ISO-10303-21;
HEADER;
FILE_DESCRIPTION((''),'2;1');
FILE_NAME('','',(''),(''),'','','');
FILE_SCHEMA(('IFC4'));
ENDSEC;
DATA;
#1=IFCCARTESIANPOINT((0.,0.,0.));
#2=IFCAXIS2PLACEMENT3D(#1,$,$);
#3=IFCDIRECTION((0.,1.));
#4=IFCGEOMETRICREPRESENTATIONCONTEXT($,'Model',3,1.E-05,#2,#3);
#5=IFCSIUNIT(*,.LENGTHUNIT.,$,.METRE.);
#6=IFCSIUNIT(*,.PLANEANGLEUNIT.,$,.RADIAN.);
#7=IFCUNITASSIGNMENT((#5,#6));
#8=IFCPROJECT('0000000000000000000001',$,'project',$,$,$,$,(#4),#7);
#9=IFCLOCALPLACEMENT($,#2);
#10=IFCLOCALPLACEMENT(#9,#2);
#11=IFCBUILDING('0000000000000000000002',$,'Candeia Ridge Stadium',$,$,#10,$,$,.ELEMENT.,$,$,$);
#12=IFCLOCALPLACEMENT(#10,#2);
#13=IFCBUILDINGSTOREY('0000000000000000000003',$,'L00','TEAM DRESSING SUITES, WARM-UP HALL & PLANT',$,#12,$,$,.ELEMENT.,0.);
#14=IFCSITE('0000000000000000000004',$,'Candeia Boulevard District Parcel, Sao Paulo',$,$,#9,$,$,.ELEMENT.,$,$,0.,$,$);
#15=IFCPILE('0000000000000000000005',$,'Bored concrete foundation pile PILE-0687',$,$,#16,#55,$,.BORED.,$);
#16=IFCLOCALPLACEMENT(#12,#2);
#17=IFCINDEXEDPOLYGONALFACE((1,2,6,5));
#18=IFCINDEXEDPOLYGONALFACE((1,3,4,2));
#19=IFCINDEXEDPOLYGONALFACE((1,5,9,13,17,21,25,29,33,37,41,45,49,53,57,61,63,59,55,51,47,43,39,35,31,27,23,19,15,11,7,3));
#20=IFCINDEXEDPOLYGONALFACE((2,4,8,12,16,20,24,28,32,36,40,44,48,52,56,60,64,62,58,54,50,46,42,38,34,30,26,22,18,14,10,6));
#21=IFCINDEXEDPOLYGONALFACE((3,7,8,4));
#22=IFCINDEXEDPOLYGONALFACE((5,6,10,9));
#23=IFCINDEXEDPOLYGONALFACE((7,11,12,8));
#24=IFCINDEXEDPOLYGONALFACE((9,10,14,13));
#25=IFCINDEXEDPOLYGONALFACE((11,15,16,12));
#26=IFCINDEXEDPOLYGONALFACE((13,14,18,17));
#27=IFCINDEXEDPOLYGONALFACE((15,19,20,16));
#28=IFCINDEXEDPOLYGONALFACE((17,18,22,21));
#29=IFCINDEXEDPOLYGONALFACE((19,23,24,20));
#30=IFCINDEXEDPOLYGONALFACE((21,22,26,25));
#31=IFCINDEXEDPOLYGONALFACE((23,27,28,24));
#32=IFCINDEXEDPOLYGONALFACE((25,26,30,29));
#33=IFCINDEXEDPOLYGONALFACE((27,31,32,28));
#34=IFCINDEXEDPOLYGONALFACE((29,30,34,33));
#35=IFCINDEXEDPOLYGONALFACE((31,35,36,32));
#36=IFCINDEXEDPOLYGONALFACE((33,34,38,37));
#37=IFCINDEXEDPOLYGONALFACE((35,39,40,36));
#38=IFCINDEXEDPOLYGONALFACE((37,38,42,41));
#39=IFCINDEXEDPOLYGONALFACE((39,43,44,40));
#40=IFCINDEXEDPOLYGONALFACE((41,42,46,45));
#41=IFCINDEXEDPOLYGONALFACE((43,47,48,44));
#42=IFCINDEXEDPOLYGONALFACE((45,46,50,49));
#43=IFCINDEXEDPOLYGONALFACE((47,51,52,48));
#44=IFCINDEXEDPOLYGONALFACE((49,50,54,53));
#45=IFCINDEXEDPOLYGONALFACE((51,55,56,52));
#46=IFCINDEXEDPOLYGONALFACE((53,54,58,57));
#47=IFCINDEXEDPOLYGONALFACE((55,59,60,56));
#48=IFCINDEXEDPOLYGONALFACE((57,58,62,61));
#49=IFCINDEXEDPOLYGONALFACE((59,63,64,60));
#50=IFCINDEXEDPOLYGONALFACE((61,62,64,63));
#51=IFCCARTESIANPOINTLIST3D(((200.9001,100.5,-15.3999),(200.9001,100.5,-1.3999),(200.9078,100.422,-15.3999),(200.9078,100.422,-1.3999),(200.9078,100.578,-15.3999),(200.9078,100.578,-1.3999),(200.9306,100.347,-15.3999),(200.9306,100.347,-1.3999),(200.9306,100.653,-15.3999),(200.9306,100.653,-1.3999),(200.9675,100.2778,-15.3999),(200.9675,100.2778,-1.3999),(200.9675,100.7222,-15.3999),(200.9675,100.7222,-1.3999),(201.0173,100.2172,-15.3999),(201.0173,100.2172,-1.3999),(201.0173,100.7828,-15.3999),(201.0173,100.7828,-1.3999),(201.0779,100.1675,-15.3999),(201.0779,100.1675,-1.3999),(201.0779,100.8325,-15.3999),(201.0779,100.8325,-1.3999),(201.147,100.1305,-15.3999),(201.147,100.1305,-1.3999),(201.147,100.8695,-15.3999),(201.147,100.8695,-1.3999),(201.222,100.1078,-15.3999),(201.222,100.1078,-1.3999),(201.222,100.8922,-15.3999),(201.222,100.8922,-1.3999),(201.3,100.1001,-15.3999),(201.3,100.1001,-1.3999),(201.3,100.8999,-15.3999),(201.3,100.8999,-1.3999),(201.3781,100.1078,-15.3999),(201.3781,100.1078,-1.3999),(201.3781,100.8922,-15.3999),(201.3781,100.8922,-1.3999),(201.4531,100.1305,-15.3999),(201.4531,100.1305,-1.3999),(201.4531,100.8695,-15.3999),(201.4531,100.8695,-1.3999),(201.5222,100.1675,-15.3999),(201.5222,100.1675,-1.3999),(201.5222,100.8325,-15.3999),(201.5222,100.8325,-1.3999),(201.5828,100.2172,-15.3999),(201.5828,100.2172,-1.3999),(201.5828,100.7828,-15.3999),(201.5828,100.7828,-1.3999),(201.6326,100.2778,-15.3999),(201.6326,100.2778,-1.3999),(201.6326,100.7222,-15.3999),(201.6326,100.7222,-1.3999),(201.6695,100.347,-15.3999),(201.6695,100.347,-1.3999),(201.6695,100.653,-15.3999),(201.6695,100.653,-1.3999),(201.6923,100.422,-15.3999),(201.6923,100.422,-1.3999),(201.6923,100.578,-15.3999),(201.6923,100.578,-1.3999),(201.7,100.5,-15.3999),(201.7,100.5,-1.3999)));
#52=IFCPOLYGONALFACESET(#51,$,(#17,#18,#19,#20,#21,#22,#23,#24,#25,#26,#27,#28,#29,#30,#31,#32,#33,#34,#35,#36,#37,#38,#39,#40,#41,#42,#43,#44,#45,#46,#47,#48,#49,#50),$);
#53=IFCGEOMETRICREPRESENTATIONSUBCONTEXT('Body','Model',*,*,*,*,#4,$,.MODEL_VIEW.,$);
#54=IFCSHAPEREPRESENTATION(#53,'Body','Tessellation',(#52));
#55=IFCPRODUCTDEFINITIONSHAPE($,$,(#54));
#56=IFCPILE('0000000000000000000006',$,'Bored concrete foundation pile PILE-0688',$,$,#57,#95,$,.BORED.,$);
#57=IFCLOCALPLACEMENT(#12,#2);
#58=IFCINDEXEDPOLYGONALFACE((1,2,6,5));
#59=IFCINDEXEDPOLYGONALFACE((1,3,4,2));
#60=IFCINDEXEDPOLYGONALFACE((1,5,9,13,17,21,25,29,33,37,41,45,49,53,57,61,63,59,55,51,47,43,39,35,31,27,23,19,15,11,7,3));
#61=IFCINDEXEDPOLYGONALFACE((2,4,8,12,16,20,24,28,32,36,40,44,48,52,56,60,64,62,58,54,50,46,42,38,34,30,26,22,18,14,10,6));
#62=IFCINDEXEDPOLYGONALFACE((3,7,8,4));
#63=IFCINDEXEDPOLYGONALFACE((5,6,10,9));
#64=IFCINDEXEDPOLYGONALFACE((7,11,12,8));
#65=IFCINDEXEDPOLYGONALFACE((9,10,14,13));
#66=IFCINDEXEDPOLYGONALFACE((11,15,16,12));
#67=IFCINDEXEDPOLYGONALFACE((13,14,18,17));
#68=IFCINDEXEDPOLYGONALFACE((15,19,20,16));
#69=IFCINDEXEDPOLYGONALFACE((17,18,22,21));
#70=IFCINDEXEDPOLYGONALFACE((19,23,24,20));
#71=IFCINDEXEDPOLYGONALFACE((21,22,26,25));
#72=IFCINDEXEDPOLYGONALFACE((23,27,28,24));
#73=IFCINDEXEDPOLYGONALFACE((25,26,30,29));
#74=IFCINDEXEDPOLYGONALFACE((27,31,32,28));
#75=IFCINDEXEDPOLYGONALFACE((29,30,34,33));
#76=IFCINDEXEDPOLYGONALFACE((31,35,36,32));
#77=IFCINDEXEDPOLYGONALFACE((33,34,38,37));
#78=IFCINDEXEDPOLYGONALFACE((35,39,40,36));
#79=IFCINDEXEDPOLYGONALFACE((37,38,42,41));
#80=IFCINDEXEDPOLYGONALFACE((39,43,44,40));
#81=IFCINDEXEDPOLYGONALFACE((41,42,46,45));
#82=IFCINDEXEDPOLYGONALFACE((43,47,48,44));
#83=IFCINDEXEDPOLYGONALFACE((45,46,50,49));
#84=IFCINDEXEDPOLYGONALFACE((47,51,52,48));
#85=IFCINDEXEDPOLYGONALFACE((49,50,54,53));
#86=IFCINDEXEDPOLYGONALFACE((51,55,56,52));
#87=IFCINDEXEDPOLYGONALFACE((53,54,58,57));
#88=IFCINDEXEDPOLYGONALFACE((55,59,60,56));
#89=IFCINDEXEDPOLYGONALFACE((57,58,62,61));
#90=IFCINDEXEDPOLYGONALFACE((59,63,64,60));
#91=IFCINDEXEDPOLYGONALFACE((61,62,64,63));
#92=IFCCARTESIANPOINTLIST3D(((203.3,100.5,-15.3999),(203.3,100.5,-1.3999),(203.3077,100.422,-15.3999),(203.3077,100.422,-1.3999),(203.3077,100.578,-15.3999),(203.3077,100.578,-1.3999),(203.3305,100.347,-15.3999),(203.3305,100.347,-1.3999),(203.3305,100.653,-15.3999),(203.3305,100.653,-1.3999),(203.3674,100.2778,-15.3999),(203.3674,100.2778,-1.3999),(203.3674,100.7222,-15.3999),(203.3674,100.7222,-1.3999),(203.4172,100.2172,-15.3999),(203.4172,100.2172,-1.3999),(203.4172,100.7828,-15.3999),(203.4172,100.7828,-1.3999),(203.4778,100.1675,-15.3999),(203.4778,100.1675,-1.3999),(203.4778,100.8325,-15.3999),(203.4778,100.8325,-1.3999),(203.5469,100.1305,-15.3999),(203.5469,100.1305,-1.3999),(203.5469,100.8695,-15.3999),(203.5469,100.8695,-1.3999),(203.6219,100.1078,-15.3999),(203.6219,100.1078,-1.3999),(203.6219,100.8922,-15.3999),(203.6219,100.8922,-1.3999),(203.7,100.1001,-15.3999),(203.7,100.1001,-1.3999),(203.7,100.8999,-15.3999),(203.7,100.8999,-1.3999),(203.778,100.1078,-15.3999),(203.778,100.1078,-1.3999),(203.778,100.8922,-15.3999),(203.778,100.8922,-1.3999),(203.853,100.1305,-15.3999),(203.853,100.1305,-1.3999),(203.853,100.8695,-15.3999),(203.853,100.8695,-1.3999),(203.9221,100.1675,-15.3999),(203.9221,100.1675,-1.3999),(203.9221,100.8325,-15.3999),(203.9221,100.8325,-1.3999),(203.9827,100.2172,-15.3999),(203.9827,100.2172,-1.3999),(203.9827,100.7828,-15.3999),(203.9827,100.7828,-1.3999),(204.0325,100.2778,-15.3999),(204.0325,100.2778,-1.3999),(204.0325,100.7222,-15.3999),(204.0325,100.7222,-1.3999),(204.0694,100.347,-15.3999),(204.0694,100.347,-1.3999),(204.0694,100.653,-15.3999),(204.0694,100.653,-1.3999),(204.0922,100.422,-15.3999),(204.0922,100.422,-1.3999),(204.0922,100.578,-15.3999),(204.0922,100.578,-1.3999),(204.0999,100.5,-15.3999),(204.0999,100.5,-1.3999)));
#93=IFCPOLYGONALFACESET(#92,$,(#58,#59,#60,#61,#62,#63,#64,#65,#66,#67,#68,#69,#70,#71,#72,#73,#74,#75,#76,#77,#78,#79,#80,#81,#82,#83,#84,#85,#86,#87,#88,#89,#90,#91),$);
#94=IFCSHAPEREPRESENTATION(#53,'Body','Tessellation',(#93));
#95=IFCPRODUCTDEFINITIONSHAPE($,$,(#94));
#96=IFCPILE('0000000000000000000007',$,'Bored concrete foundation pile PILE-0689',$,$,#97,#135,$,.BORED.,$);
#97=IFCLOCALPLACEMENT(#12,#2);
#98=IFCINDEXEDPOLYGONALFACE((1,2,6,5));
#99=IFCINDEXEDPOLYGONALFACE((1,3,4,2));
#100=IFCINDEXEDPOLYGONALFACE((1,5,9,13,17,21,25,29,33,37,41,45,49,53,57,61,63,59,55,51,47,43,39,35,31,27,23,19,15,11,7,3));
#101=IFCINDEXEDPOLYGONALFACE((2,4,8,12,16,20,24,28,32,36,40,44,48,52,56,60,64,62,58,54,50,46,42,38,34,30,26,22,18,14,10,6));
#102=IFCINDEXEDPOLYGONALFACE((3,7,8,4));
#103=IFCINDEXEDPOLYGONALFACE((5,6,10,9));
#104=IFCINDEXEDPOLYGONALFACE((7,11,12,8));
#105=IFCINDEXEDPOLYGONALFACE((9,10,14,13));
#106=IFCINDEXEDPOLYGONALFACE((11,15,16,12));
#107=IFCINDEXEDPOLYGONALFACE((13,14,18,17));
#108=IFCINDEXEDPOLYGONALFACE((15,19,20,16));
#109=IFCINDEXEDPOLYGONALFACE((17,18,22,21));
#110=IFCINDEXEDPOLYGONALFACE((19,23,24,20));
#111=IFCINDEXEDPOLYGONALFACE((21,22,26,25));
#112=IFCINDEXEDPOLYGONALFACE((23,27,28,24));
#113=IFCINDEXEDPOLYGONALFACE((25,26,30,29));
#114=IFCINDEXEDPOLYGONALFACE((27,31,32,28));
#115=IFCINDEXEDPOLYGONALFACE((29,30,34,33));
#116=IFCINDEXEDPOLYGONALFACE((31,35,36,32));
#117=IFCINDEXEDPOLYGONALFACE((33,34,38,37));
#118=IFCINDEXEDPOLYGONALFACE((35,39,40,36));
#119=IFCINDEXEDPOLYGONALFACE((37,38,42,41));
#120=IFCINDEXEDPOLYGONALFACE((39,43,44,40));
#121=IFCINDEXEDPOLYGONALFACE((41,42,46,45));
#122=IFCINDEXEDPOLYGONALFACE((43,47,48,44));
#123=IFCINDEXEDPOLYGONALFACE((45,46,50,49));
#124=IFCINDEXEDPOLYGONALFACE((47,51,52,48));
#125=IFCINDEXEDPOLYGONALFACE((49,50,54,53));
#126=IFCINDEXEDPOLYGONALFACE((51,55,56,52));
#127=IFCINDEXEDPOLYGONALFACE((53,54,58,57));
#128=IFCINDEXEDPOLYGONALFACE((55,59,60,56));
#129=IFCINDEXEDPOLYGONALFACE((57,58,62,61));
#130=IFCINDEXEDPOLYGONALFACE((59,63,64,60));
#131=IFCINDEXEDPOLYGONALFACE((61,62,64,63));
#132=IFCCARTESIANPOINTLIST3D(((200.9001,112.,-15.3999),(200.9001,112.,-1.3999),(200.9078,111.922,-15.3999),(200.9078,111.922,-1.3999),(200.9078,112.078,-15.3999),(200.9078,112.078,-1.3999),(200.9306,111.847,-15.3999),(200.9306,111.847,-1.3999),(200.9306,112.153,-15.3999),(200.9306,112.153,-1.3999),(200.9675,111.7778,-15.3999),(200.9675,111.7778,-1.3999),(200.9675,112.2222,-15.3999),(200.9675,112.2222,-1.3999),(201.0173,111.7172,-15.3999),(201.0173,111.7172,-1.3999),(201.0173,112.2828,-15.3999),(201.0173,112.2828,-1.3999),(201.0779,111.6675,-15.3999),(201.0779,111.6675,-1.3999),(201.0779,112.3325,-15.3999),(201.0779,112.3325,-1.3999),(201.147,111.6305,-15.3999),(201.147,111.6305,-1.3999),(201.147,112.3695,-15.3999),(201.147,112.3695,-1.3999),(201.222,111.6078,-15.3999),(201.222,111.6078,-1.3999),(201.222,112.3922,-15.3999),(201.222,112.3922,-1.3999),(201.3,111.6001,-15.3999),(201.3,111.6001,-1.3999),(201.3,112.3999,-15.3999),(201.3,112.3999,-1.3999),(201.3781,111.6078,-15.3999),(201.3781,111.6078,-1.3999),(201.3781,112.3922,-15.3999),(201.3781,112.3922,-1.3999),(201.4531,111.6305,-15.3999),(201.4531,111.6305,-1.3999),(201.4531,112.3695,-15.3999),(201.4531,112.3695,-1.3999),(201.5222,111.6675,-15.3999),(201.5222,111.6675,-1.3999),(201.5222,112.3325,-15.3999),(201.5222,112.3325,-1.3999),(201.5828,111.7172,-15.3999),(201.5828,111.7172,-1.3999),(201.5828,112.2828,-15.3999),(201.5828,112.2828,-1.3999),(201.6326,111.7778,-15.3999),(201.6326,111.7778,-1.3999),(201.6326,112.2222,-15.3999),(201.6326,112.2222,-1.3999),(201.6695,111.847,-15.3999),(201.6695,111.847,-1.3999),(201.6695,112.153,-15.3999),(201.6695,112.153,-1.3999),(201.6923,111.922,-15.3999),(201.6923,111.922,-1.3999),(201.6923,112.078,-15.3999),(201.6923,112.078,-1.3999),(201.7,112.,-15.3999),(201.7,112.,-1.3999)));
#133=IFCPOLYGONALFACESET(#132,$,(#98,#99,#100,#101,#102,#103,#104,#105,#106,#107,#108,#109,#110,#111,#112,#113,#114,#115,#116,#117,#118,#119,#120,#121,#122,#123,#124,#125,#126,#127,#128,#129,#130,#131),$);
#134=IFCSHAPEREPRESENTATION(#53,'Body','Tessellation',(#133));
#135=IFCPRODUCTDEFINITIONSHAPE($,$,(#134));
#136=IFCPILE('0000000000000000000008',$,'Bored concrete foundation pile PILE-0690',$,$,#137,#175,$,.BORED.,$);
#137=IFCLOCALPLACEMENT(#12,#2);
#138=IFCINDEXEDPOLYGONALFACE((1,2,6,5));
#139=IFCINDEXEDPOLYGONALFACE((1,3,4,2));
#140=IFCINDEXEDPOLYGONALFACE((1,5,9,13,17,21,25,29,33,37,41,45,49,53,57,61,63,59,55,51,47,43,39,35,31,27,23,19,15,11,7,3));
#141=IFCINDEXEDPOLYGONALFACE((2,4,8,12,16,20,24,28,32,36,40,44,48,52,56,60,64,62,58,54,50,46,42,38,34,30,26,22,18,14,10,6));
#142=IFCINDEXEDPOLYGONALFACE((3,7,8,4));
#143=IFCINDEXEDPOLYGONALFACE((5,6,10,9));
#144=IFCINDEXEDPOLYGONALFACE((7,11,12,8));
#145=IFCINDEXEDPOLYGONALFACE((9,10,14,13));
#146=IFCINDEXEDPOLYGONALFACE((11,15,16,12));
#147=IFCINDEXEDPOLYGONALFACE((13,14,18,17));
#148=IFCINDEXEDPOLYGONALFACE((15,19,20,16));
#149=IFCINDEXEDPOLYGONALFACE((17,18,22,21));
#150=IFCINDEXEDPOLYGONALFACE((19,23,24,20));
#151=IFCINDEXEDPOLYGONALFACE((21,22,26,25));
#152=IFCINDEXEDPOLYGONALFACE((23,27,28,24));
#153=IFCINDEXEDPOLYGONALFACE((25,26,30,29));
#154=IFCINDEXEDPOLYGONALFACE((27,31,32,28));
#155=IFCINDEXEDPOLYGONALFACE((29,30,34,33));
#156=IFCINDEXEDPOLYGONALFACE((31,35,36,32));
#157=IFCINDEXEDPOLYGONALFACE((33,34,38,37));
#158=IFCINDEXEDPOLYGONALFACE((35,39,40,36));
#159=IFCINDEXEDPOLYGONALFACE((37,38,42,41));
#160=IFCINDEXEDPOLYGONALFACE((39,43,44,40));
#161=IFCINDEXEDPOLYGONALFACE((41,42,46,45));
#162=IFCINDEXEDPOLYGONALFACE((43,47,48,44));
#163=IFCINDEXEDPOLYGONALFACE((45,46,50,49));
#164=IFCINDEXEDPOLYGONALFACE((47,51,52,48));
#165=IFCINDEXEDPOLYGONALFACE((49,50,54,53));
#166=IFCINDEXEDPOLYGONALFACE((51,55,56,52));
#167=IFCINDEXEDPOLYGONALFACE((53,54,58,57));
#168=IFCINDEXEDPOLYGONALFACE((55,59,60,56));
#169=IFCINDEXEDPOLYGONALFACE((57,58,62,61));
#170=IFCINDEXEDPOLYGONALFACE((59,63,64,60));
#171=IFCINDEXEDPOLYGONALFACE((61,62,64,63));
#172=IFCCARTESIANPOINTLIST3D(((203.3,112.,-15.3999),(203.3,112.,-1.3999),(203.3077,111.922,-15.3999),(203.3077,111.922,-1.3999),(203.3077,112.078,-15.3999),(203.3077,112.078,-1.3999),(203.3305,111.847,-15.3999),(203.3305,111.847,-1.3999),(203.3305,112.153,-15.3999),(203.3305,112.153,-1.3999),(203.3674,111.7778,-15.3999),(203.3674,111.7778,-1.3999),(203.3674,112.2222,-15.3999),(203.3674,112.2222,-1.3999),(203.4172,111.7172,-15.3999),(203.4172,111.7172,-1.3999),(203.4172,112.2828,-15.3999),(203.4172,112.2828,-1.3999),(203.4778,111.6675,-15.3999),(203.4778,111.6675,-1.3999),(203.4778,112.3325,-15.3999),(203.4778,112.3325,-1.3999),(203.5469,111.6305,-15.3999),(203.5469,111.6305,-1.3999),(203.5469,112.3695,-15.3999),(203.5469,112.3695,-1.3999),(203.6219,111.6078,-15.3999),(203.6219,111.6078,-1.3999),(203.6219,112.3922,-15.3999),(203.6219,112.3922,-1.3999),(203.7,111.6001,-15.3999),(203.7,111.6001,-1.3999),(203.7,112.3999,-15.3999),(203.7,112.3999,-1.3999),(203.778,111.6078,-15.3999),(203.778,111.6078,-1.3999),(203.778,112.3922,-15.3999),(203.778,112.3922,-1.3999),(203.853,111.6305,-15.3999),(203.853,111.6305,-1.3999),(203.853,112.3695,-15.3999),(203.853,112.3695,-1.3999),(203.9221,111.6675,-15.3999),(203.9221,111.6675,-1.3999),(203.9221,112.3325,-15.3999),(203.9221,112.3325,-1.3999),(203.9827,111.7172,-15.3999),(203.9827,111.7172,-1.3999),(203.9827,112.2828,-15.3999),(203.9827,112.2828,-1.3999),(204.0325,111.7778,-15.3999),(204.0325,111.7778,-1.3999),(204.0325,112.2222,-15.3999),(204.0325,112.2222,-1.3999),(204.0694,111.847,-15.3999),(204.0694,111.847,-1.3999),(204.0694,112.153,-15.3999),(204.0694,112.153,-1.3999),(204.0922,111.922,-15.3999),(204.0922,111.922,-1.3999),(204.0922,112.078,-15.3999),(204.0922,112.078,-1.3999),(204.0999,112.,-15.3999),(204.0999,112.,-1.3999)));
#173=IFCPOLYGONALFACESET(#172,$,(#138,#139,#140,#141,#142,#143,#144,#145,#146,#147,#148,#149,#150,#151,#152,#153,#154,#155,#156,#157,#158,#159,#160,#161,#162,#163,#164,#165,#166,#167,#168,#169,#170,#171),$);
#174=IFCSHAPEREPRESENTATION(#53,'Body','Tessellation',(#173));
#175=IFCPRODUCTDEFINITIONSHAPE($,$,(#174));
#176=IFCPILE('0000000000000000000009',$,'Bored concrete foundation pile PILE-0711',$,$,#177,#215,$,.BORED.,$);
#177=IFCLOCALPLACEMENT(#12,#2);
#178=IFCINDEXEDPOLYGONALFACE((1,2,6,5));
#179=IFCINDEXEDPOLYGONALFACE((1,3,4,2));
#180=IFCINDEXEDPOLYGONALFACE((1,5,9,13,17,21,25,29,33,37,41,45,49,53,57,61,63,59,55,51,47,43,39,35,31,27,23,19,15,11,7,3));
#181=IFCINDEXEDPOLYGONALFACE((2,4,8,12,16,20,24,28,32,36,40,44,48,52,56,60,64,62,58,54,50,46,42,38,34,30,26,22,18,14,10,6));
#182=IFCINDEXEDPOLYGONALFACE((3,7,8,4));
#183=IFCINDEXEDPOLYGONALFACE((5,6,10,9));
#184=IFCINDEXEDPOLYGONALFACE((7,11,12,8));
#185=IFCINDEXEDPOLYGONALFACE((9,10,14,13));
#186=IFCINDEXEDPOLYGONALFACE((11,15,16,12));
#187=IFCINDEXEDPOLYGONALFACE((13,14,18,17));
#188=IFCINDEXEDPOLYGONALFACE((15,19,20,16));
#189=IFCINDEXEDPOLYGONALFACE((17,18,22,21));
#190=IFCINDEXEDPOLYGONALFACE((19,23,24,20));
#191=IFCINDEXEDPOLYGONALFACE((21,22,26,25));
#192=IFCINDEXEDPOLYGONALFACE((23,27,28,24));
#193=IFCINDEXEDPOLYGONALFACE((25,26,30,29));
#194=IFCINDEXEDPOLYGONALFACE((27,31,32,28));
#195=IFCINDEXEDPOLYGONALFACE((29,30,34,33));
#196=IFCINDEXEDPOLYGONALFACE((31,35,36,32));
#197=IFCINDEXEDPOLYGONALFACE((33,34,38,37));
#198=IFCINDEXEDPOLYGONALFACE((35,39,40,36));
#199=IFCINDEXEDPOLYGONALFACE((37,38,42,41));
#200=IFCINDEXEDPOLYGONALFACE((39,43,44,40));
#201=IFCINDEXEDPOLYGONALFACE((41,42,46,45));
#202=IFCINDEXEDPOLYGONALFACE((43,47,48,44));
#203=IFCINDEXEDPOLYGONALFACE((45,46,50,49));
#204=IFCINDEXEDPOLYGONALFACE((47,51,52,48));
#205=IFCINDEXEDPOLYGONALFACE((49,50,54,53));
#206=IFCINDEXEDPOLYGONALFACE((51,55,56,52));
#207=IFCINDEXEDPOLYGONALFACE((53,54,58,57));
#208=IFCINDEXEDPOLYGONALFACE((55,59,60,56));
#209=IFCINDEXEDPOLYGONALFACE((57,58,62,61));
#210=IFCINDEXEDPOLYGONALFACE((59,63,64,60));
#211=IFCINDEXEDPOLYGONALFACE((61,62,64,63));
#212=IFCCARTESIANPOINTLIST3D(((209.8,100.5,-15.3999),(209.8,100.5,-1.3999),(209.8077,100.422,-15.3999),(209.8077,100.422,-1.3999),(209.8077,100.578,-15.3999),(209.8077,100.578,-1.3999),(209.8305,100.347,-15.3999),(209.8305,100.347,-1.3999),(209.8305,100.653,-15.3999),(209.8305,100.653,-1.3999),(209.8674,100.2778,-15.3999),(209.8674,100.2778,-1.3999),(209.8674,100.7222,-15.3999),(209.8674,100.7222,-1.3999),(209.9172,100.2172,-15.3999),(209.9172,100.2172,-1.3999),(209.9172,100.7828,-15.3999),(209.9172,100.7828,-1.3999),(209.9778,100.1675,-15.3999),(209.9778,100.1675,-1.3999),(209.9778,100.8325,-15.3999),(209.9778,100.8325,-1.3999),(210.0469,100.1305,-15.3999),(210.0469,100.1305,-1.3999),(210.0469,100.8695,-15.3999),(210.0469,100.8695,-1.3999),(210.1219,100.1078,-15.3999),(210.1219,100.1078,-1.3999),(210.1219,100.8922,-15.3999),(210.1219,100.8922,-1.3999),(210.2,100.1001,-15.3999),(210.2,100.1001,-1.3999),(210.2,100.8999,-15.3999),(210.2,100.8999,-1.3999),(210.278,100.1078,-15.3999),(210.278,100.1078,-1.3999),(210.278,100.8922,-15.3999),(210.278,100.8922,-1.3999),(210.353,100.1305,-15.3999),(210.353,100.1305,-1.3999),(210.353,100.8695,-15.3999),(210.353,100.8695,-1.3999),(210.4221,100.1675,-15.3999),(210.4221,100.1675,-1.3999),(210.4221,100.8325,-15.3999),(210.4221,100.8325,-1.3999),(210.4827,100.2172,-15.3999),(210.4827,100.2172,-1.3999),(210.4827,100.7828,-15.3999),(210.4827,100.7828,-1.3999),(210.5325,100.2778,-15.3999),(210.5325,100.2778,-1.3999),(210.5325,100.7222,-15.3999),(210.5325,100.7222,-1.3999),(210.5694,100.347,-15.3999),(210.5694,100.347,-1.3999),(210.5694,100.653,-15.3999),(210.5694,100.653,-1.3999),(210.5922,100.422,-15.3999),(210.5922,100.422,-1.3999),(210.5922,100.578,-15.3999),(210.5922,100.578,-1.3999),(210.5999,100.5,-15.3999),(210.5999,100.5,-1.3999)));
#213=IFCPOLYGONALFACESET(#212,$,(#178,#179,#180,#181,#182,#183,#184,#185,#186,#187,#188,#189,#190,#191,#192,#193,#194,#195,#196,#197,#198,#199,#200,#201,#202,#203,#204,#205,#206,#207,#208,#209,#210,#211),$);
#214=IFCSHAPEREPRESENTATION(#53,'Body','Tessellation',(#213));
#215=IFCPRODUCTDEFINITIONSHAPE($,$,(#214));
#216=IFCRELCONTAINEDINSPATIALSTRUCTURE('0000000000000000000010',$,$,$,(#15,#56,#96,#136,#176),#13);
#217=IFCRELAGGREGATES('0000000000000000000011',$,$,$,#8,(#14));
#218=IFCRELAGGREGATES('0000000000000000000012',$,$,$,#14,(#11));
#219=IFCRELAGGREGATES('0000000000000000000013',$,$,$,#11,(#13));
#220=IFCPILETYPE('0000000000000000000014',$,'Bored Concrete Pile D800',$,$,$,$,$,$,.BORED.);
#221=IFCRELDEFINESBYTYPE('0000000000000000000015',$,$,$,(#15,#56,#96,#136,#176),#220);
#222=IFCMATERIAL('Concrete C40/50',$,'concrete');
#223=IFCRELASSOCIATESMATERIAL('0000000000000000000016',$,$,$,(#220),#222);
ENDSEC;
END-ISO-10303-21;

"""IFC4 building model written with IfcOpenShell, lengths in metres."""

from ifc_helpers import new_model, si_unit, direction, frame, origin, origin_2d, place, context, subcontext, project, spatial, circle, extrude, material, material_profile, profile_set, type_object, element, save


model = new_model("IFC4")

# Units and contexts
model_context = context("Model", 3, precision=1e-05, world=origin(), true_north=direction((0.0, 1.0)))
body_context = subcontext(model_context, "Body", "Model", "MODEL_VIEW")
ifc_project = project(units=[si_unit("LENGTHUNIT", "METRE"), si_unit("PLANEANGLEUNIT", "RADIAN")], contexts=[model_context])

# Site, building, storey
site_placement = place(None, origin())
site = spatial("IfcSite", under=ifc_project, at=site_placement, Name="Candeia Boulevard District Parcel, Sao Paulo", CompositionType="ELEMENT", RefElevation=0.0)
building_placement = place(site_placement, origin())
building = spatial("IfcBuilding", under=site, at=building_placement, Name="Candeia Ridge Stadium", CompositionType="ELEMENT")
storey_placement = place(building_placement, origin())
storey = spatial("IfcBuildingStorey", under=building, at=storey_placement, Name="L00", Description="TEAM DRESSING SUITES, WARM-UP HALL & PLANT", CompositionType="ELEMENT", Elevation=0.0)

# Piles
ifc_material_1 = material(Name="Concrete C40/50", Category="concrete")
ifc_material_profile_1 = material_profile(ifc_material_1, circle(Radius=0.3999, at=origin_2d()), Name="PILE-D800", Category="concrete")
ifc_profile_set_1 = profile_set([ifc_material_profile_1], Name="Concrete C40/50")
pile_type = type_object("IfcPileType", Name="Bored Concrete Pile D800", PredefinedType="BORED", material=ifc_profile_set_1)
for number, where, z_axis, x_axis, name in (
    (1, (201.3, 100.5, -1.3999), (0.0, 0.0, -1.0), (1.0, 0.0, 0.0), "Bored concrete foundation pile PILE-0687"),
    (2, (203.7, 100.5, -1.3999), (0.0, 0.0, -1.0), (1.0, 0.0, 0.0), "Bored concrete foundation pile PILE-0688"),
    (3, (201.3, 112.0, -1.3999), (0.0, 0.0, -1.0), (1.0, 0.0, 0.0), "Bored concrete foundation pile PILE-0689"),
    (4, (203.7, 112.0, -1.3999), (0.0, 0.0, -1.0), (1.0, 0.0, 0.0), "Bored concrete foundation pile PILE-0690"),
    (5, (210.2, 100.5, -1.3999), (0.0, 0.0, -1.0), (1.0, 0.0, 0.0), "Bored concrete foundation pile PILE-0711"),
):
    element("IfcPile", number, at=place(storey_placement, frame(where, z_axis=z_axis, x_axis=x_axis)), inside=storey, type_object=pile_type, Name=name, PredefinedType="BORED", context=body_context, shape_type="SweptSolid", body=[
        extrude(circle(Radius=0.3999, at=origin_2d()), origin(), (0.0, 0.0, 1.0), 14.0),
    ])

save(model, "model.ifc")
